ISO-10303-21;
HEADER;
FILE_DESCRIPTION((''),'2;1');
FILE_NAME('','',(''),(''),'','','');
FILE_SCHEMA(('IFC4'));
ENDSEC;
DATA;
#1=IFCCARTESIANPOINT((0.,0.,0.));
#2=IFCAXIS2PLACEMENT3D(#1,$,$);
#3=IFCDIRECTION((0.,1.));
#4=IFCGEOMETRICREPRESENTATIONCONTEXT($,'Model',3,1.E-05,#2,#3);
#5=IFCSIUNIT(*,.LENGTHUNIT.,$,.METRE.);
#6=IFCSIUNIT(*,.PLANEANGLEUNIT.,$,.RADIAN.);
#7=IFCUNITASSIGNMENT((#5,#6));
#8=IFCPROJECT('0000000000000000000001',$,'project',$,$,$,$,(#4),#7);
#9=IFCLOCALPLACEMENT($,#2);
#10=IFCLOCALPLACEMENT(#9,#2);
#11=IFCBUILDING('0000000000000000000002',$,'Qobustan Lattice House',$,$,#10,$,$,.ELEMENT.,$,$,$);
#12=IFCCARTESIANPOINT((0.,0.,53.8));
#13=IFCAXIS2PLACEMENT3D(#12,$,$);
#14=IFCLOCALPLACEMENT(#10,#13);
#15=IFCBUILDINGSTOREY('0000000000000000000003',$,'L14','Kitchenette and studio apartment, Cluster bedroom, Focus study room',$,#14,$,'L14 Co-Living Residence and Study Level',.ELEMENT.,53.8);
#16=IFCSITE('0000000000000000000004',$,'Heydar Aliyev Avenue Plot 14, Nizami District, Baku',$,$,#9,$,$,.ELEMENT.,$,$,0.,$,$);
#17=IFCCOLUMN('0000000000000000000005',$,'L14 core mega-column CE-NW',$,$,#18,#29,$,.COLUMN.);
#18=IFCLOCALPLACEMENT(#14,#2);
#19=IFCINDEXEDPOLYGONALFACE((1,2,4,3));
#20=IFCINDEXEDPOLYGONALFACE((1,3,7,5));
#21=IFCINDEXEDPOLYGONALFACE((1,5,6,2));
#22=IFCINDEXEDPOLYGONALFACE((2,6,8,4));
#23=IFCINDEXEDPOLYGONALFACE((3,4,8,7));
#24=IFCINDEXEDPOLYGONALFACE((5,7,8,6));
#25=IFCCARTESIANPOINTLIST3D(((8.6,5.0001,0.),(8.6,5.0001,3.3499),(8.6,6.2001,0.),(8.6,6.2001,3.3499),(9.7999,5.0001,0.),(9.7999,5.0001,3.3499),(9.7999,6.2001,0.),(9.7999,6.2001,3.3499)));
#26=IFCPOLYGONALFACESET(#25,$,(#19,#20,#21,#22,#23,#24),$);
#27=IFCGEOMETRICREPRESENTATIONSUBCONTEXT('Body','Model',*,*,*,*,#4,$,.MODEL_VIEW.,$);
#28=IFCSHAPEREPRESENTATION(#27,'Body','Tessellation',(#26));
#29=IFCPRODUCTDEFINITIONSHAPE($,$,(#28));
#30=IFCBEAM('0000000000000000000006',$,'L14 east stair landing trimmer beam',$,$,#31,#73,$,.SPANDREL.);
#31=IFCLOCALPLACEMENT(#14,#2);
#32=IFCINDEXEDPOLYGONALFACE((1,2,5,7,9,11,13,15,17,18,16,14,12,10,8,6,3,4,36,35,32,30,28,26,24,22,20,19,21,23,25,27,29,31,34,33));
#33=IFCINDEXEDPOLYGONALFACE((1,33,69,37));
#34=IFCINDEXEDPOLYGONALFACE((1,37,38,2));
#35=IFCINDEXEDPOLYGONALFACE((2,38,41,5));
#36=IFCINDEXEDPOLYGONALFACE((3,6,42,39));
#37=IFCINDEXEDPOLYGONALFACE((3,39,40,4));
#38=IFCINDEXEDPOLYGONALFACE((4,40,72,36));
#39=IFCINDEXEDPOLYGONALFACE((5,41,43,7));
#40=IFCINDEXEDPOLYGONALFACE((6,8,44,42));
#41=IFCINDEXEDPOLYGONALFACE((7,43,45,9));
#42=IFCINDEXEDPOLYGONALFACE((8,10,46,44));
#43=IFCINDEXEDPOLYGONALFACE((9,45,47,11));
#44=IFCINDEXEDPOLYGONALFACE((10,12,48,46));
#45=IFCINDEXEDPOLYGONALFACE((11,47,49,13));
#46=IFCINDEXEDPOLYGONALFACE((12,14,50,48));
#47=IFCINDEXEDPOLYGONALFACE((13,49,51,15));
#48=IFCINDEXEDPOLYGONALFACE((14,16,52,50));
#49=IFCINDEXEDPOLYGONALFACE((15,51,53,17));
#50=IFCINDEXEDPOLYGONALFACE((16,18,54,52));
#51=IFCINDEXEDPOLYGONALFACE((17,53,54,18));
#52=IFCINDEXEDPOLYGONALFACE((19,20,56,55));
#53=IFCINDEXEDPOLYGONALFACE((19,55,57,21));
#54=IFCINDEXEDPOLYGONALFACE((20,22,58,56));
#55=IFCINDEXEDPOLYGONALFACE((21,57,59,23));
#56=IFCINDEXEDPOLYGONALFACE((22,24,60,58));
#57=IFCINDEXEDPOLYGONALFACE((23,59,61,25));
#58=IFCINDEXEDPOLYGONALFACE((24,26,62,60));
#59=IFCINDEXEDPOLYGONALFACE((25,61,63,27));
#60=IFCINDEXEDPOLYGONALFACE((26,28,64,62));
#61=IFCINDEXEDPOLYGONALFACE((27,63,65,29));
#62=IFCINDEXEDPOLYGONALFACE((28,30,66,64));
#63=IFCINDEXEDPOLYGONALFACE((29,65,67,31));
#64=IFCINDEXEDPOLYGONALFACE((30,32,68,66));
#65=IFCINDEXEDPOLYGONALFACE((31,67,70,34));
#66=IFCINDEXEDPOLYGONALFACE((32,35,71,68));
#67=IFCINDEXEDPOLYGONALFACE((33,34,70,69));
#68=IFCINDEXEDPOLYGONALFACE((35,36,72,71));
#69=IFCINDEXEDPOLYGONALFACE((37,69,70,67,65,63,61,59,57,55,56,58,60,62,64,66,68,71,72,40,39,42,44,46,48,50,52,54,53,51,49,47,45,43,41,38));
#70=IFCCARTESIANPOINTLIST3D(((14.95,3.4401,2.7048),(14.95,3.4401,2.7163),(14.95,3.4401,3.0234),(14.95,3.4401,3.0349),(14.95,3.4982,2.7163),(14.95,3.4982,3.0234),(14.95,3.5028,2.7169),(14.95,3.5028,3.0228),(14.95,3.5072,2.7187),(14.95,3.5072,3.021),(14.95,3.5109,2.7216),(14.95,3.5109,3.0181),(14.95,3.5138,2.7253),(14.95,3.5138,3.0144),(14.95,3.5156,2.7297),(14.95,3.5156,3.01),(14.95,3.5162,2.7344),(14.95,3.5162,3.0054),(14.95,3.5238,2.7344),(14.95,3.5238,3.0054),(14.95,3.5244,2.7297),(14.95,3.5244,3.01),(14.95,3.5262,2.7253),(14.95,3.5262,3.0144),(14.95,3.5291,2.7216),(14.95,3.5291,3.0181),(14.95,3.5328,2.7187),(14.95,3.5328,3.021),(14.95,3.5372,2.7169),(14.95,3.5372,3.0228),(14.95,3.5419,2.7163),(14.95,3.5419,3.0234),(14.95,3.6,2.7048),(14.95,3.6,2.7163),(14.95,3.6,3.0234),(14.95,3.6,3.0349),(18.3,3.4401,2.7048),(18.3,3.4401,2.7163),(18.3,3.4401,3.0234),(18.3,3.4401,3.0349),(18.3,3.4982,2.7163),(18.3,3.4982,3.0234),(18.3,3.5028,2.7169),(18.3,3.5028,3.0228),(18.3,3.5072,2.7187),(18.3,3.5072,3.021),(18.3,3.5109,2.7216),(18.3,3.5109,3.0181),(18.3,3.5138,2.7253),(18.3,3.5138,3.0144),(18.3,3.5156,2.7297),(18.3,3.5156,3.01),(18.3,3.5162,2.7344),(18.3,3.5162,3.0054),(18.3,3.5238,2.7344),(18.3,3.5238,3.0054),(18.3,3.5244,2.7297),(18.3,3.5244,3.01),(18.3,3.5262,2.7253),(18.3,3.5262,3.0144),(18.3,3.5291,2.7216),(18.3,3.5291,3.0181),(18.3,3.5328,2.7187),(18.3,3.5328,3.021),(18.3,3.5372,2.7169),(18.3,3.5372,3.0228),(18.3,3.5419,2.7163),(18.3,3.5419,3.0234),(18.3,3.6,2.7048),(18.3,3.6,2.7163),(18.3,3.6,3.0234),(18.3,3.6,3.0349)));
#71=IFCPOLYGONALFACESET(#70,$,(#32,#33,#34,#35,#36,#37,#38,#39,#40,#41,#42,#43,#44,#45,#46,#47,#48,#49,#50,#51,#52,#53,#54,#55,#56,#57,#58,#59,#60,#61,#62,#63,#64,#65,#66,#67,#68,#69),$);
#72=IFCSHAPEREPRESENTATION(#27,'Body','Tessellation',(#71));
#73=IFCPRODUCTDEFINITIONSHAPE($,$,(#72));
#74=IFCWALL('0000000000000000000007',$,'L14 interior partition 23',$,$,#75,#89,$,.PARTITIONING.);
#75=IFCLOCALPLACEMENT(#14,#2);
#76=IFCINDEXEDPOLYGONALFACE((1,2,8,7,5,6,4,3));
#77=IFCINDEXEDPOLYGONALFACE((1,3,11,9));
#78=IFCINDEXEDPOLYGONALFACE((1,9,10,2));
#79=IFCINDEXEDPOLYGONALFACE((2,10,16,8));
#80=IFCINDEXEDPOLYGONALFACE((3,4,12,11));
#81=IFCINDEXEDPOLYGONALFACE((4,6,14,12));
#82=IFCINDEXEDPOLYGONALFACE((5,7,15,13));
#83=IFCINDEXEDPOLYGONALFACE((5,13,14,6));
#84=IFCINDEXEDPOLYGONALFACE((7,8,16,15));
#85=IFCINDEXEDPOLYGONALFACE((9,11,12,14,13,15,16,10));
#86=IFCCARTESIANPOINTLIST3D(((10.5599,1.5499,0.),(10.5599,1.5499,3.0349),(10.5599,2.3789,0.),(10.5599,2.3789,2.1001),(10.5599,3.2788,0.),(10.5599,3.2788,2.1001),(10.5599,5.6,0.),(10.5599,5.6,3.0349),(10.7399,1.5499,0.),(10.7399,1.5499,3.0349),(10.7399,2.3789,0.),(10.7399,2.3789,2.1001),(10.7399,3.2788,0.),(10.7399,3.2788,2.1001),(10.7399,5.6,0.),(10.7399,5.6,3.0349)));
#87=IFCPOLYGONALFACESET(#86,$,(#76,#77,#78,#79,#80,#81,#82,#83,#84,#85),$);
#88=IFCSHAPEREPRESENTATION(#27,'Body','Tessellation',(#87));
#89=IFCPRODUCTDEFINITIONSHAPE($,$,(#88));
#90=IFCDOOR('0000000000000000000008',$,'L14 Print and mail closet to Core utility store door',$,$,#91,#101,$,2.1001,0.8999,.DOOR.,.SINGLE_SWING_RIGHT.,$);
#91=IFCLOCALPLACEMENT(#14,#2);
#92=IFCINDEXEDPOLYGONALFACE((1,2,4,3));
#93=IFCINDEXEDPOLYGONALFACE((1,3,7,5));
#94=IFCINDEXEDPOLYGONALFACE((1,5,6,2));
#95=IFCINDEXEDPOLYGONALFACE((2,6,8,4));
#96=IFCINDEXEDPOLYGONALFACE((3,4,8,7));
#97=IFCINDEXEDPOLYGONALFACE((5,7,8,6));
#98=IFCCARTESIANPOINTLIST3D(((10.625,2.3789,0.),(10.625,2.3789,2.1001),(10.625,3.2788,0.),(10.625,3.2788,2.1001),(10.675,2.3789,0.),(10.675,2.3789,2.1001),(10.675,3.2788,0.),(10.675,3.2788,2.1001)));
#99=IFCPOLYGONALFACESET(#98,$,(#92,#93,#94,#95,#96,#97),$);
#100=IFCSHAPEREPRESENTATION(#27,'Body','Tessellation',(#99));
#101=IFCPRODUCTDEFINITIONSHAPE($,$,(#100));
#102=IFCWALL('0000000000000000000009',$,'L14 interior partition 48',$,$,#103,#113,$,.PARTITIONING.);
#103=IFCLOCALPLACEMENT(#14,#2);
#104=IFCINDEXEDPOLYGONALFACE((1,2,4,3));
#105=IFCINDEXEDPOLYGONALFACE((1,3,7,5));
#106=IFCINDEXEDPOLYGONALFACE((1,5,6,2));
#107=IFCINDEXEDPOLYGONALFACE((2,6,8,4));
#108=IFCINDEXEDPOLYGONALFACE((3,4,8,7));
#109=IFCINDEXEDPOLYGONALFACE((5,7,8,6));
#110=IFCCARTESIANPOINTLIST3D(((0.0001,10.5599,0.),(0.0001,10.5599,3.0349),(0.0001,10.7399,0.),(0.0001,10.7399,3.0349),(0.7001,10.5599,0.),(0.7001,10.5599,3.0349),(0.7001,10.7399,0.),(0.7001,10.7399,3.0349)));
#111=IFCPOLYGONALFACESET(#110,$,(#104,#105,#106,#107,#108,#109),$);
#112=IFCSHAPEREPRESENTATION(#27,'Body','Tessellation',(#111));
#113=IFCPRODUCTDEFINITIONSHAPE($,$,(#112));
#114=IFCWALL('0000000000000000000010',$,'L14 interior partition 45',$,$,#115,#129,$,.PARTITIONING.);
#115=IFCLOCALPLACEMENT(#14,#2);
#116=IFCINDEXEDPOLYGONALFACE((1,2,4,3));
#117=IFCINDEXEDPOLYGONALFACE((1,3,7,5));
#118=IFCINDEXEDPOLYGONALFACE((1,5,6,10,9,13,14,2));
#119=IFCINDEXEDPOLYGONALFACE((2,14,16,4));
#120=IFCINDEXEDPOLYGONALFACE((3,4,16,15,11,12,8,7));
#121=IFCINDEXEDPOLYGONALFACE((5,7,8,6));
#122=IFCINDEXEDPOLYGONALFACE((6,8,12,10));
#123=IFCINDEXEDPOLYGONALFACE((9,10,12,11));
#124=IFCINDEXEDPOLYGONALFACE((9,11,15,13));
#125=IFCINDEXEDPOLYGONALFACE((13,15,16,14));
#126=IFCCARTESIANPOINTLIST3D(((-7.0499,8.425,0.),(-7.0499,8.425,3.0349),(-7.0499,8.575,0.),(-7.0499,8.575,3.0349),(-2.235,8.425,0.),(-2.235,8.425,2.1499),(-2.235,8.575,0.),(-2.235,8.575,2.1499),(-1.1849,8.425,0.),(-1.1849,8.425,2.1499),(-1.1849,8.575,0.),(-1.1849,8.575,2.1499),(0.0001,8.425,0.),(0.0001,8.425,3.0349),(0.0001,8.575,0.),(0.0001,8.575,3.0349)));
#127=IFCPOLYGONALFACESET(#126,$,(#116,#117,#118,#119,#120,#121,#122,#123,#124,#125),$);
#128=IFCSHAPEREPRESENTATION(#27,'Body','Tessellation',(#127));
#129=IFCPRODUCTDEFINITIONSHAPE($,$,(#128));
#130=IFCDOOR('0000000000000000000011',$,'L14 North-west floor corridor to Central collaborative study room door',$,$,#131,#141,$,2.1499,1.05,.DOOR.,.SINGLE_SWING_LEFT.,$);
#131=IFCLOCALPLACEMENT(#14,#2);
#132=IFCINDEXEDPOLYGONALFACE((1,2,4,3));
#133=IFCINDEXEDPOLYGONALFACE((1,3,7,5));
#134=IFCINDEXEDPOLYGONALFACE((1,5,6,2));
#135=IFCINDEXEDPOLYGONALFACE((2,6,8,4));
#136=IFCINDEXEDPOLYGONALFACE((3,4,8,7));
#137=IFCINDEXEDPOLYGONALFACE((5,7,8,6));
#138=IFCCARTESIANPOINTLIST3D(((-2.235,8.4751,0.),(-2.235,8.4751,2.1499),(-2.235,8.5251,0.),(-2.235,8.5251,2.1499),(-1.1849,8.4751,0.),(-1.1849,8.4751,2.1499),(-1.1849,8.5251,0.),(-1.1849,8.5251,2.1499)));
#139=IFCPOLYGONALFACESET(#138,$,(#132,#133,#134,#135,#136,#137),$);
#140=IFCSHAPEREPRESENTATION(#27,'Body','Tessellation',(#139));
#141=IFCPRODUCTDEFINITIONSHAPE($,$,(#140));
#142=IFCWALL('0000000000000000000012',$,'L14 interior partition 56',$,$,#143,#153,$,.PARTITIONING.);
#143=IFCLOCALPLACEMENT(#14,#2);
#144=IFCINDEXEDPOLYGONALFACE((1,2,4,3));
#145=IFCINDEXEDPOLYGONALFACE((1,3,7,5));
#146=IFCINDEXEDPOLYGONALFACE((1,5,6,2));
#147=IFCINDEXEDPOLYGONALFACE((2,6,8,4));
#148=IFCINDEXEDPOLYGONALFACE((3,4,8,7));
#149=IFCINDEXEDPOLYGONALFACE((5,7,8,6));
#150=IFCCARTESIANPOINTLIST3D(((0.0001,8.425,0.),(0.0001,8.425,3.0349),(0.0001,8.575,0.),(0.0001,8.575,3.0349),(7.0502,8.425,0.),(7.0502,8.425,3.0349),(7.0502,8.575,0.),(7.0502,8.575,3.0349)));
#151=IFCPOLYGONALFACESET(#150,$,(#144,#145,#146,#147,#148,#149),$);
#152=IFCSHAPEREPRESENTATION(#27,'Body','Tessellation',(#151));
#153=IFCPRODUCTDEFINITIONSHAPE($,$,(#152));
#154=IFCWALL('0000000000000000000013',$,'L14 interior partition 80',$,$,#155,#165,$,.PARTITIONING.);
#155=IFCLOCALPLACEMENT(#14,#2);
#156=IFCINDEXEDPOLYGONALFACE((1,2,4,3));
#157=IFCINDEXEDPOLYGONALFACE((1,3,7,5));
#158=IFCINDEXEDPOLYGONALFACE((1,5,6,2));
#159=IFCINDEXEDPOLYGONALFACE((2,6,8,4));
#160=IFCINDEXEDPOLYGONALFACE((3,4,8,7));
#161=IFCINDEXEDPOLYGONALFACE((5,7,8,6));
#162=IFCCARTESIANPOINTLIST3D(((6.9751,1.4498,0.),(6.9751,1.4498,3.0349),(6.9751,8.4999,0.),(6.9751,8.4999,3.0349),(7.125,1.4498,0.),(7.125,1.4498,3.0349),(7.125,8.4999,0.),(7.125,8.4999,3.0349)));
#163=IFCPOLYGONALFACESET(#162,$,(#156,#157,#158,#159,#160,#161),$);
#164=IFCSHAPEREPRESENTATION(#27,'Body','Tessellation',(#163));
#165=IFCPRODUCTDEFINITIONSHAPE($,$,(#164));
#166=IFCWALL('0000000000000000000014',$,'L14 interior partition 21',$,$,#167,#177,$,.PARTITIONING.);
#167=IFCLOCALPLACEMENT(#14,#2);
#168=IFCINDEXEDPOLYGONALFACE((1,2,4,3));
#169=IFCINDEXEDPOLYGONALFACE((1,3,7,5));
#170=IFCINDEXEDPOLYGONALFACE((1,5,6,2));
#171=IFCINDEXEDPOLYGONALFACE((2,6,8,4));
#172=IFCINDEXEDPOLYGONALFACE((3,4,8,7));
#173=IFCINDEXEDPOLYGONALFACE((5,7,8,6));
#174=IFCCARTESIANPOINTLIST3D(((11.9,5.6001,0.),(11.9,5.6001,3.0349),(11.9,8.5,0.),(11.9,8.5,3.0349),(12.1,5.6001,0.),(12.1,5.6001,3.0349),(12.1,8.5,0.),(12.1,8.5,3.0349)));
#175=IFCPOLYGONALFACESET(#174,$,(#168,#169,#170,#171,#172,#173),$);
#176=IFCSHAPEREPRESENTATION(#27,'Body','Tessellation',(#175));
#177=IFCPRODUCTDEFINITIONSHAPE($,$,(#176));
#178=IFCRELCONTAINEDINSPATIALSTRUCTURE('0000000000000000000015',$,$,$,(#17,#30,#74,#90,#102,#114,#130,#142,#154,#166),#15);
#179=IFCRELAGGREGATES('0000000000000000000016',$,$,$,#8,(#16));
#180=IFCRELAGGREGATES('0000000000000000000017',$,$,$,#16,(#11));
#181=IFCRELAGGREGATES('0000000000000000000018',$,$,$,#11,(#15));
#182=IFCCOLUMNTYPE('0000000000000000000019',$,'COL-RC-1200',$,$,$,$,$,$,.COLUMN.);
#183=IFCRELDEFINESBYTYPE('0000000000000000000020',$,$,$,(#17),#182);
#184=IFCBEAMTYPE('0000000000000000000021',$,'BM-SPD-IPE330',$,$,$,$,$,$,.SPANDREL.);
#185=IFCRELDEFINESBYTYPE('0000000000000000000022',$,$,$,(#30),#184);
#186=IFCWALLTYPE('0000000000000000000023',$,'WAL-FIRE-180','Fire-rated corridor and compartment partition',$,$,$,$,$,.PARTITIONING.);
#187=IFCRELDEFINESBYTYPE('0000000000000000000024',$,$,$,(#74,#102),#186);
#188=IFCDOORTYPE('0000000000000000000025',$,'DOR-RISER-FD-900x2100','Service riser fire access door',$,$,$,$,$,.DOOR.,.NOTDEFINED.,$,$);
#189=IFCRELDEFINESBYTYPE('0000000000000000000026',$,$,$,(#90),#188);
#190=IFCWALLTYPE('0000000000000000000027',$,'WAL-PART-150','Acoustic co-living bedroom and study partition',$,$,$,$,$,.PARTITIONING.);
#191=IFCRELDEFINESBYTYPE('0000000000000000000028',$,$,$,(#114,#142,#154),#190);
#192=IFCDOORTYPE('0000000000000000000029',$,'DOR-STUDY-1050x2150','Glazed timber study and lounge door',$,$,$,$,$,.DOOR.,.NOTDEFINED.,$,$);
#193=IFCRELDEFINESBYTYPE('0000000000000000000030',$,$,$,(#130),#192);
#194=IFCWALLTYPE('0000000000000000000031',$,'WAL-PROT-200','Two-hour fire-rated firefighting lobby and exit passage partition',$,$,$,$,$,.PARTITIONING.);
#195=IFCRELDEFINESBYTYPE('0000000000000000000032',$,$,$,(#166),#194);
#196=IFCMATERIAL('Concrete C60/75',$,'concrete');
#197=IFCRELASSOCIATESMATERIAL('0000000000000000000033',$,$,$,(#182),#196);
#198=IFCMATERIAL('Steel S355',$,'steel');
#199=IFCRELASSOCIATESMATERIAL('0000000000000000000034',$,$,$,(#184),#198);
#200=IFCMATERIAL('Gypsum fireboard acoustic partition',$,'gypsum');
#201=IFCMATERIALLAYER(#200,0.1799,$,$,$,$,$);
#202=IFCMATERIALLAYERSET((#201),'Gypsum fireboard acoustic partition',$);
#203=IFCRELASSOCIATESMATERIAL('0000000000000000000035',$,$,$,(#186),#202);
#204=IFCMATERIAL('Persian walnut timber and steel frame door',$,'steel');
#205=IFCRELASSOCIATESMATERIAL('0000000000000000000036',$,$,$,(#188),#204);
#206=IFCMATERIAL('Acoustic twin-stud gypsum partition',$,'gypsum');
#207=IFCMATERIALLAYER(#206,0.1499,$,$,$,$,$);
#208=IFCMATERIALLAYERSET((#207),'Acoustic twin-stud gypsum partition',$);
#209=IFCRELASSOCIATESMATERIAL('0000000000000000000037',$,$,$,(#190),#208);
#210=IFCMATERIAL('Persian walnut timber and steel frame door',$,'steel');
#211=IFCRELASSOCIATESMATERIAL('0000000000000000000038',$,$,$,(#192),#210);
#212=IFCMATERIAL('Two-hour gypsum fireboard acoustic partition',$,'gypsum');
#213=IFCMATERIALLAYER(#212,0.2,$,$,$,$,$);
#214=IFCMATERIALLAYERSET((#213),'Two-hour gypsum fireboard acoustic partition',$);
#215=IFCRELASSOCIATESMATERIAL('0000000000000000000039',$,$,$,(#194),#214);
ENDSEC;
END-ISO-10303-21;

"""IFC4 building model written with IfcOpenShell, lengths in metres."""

from ifc_helpers import new_model, si_unit, direction, frame, frame_2d, origin, origin_2d, place, context, subcontext, project, spatial, rectangle, i_section, extrude, material, layer, layer_set, material_profile, profile_set, type_object, element, fill, save


model = new_model("IFC4")

# Units and contexts
model_context = context("Model", 3, precision=1e-05, world=origin(), true_north=direction((0.0, 1.0)))
body_context = subcontext(model_context, "Body", "Model", "MODEL_VIEW")
ifc_project = project(units=[si_unit("LENGTHUNIT", "METRE"), si_unit("PLANEANGLEUNIT", "RADIAN")], contexts=[model_context])

# Site, building, storey
site_placement = place(None, origin())
site = spatial("IfcSite", under=ifc_project, at=site_placement, Name="Heydar Aliyev Avenue Plot 14, Nizami District, Baku", CompositionType="ELEMENT", RefElevation=0.0)
building_placement = place(site_placement, origin())
building = spatial("IfcBuilding", under=site, at=building_placement, Name="Qobustan Lattice House", CompositionType="ELEMENT")
storey_placement = place(building_placement, frame((0.0, 0.0, 53.8)))
storey = spatial("IfcBuildingStorey", under=building, at=storey_placement, Name="L14", Description="Kitchenette and studio apartment, Cluster bedroom, Focus study room", LongName="L14 Co-Living Residence and Study Level", CompositionType="ELEMENT", Elevation=53.8)

# Column
ifc_material_1 = material(Name="Concrete C60/75", Category="concrete")
ifc_material_profile_1 = material_profile(ifc_material_1, rectangle(XDim=1.2, YDim=1.2, at=origin_2d()), Name="RC1200x1200")
ifc_profile_set_1 = profile_set([ifc_material_profile_1], Name="Concrete C60/75")
column_type = type_object("IfcColumnType", Name="COL-RC-1200", PredefinedType="COLUMN", material=ifc_profile_set_1)
column_placement = place(storey_placement, frame((9.2, 5.6001, 0.0), z_axis=(0.0, 0.0, 1.0), x_axis=(1.0, 0.0, 0.0)))
element("IfcColumn", 1, at=column_placement, inside=storey, type_object=column_type, Name="L14 core mega-column CE-NW", PredefinedType="COLUMN", context=body_context, shape_type="SweptSolid", body=[
    extrude(rectangle(XDim=1.2, YDim=1.2, at=origin_2d()), origin(), (0.0, 0.0, 1.0), 3.3499),
])

# Beam
ifc_material_2 = material(Name="Steel S355", Category="steel")
ifc_material_profile_2 = material_profile(ifc_material_2, i_section(OverallWidth=0.1599, OverallDepth=0.3301, WebThickness=0.0076, FlangeThickness=0.0115, FilletRadius=0.0181, at=origin_2d()), Name="IPE330")
ifc_profile_set_2 = profile_set([ifc_material_profile_2], Name="Steel S355")
beam_type = type_object("IfcBeamType", Name="BM-SPD-IPE330", PredefinedType="SPANDREL", material=ifc_profile_set_2)
beam_placement = place(storey_placement, frame((14.95, 3.52, 2.8699), z_axis=(1.0, 0.0, 0.0), x_axis=(0.0, 1.0, 0.0)))
element("IfcBeam", 2, at=beam_placement, inside=storey, type_object=beam_type, Name="L14 east stair landing trimmer beam", PredefinedType="SPANDREL", context=body_context, shape_type="SweptSolid", body=[
    extrude(i_section(OverallWidth=0.1599, OverallDepth=0.3301, WebThickness=0.0076, FlangeThickness=0.0115, FilletRadius=0.0181, at=origin_2d()), origin(), (0.0, 0.0, 1.0), 3.3501),
])

# Wall, opening, door
ifc_material_3 = material(Name="Gypsum fireboard acoustic partition", Category="gypsum")
ifc_layer_1 = layer(ifc_material_3, 0.1799)
ifc_layer_set_1 = layer_set([ifc_layer_1], Name="Gypsum fireboard acoustic partition")
wall_type_1 = type_object("IfcWallType", Name="WAL-FIRE-180", Description="Fire-rated corridor and compartment partition", PredefinedType="PARTITIONING", material=ifc_layer_set_1)
wall_1_placement = place(storey_placement, frame((10.6499, 1.55, 0.0), z_axis=(0.0, 0.0, 1.0), x_axis=(0.0, 1.0, 0.0)))
wall_1 = element("IfcWall", 3, at=wall_1_placement, inside=storey, type_object=wall_type_1, Name="L14 interior partition 23", PredefinedType="PARTITIONING", context=body_context, shape_type="SweptSolid", body=[
    extrude(rectangle(XDim=4.05, YDim=0.1799, at=frame_2d((2.0249, 0.0))), origin(), (0.0, 0.0, 1.0), 3.0349),
])
opening_1_placement = place(wall_1_placement, frame((0.8289, 0.0, 0.0)))
opening_1 = element("IfcOpeningElement", 4, at=opening_1_placement, cuts=wall_1, PredefinedType="OPENING", context=body_context, shape_type="SweptSolid", body=[
    extrude(rectangle(XDim=0.8999, YDim=2.1001, at=frame_2d((0.45, 1.05))), frame((0.0, 0.0999, 0.0), z_axis=(0.0, -1.0, 0.0), x_axis=(1.0, 0.0, 0.0)), (0.0, 0.0, 1.0), 0.2),
])
ifc_material_4 = material(Name="Persian walnut timber and steel frame door", Category="steel")
door_type_1 = type_object("IfcDoorType", Name="DOR-RISER-FD-900x2100", Description="Service riser fire access door", OperationType="NOTDEFINED", PredefinedType="DOOR", material=ifc_material_4)
door_1_placement = place(opening_1_placement, origin())
door_1 = element("IfcDoor", 5, at=door_1_placement, inside=storey, type_object=door_type_1, Name="L14 Print and mail closet to Core utility store door", OperationType="SINGLE_SWING_RIGHT", OverallHeight=2.1001, OverallWidth=0.8999, PredefinedType="DOOR", context=body_context, shape_type="SweptSolid", body=[
    extrude(rectangle(XDim=0.8999, YDim=2.1001, at=frame_2d((0.45, 1.05))), frame((0.0, 0.0249, 0.0), z_axis=(0.0, -1.0, 0.0), x_axis=(1.0, 0.0, 0.0)), (0.0, 0.0, 1.0), 0.05),
])
fill(opening_1, door_1)

# Wall
wall_2_placement = place(storey_placement, frame((0.0, 10.6499, 0.0), z_axis=(0.0, 0.0, 1.0), x_axis=(1.0, 0.0, 0.0)))
element("IfcWall", 6, at=wall_2_placement, inside=storey, type_object=wall_type_1, Name="L14 interior partition 48", PredefinedType="PARTITIONING", context=body_context, shape_type="SweptSolid", body=[
    extrude(rectangle(XDim=0.7, YDim=0.1799, at=frame_2d((0.3501, 0.0))), origin(), (0.0, 0.0, 1.0), 3.0349),
])

# Wall, opening, door
ifc_material_5 = material(Name="Acoustic twin-stud gypsum partition", Category="gypsum")
ifc_layer_2 = layer(ifc_material_5, 0.1499)
ifc_layer_set_2 = layer_set([ifc_layer_2], Name="Acoustic twin-stud gypsum partition")
wall_type_2 = type_object("IfcWallType", Name="WAL-PART-150", Description="Acoustic co-living bedroom and study partition", PredefinedType="PARTITIONING", material=ifc_layer_set_2)
wall_3_placement = place(storey_placement, frame((0.0, 8.5, 0.0), z_axis=(0.0, 0.0, 1.0), x_axis=(-1.0, 0.0, 0.0)))
wall_3 = element("IfcWall", 7, at=wall_3_placement, inside=storey, type_object=wall_type_2, Name="L14 interior partition 45", PredefinedType="PARTITIONING", context=body_context, shape_type="SweptSolid", body=[
    extrude(rectangle(XDim=7.05, YDim=0.1499, at=frame_2d((3.5249, 0.0))), origin(), (0.0, 0.0, 1.0), 3.0349),
])
opening_2_placement = place(wall_3_placement, frame((1.1851, 0.0, 0.0)))
opening_2 = element("IfcOpeningElement", 8, at=opening_2_placement, cuts=wall_3, PredefinedType="OPENING", context=body_context, shape_type="SweptSolid", body=[
    extrude(rectangle(XDim=1.05, YDim=2.1499, at=frame_2d((0.5249, 1.075))), frame((0.0, 0.085, 0.0), z_axis=(0.0, -1.0, 0.0), x_axis=(1.0, 0.0, 0.0)), (0.0, 0.0, 1.0), 0.1699),
])
ifc_material_6 = material(Name="Persian walnut timber and steel frame door", Category="steel")
door_type_2 = type_object("IfcDoorType", Name="DOR-STUDY-1050x2150", Description="Glazed timber study and lounge door", OperationType="NOTDEFINED", PredefinedType="DOOR", material=ifc_material_6)
door_2_placement = place(opening_2_placement, origin())
door_2 = element("IfcDoor", 9, at=door_2_placement, inside=storey, type_object=door_type_2, Name="L14 North-west floor corridor to Central collaborative study room door", OperationType="SINGLE_SWING_LEFT", OverallHeight=2.1499, OverallWidth=1.05, PredefinedType="DOOR", context=body_context, shape_type="SweptSolid", body=[
    extrude(rectangle(XDim=1.05, YDim=2.1499, at=frame_2d((0.5249, 1.075))), frame((0.0, 0.0249, 0.0), z_axis=(0.0, -1.0, 0.0), x_axis=(1.0, 0.0, 0.0)), (0.0, 0.0, 1.0), 0.05),
])
fill(opening_2, door_2)

# Walls
for number, where, z_axis, x_axis, name in (
    (10, (7.05, 8.5, 0.0), (0.0, 0.0, 1.0), (-1.0, 0.0, 0.0), "L14 interior partition 56"),
    (11, (7.05, 1.45, 0.0), (0.0, 0.0, 1.0), (0.0, 1.0, 0.0), "L14 interior partition 80"),
):
    element("IfcWall", number, at=place(storey_placement, frame(where, z_axis=z_axis, x_axis=x_axis)), inside=storey, type_object=wall_type_2, Name=name, PredefinedType="PARTITIONING", context=body_context, shape_type="SweptSolid", body=[
        extrude(rectangle(XDim=7.05, YDim=0.1499, at=frame_2d((3.5249, 0.0))), origin(), (0.0, 0.0, 1.0), 3.0349),
    ])
ifc_material_7 = material(Name="Two-hour gypsum fireboard acoustic partition", Category="gypsum")
ifc_layer_3 = layer(ifc_material_7, 0.2)
ifc_layer_set_3 = layer_set([ifc_layer_3], Name="Two-hour gypsum fireboard acoustic partition")
wall_type_3 = type_object("IfcWallType", Name="WAL-PROT-200", Description="Two-hour fire-rated firefighting lobby and exit passage partition", PredefinedType="PARTITIONING", material=ifc_layer_set_3)
wall_4_placement = place(storey_placement, frame((12.0, 8.5, 0.0), z_axis=(0.0, 0.0, 1.0), x_axis=(0.0, -1.0, 0.0)))
element("IfcWall", 12, at=wall_4_placement, inside=storey, type_object=wall_type_3, Name="L14 interior partition 21", PredefinedType="PARTITIONING", context=body_context, shape_type="SweptSolid", body=[
    extrude(rectangle(XDim=2.8999, YDim=0.2, at=frame_2d((1.45, 0.0))), origin(), (0.0, 0.0, 1.0), 3.0349),
])

save(model, "model.ifc")
